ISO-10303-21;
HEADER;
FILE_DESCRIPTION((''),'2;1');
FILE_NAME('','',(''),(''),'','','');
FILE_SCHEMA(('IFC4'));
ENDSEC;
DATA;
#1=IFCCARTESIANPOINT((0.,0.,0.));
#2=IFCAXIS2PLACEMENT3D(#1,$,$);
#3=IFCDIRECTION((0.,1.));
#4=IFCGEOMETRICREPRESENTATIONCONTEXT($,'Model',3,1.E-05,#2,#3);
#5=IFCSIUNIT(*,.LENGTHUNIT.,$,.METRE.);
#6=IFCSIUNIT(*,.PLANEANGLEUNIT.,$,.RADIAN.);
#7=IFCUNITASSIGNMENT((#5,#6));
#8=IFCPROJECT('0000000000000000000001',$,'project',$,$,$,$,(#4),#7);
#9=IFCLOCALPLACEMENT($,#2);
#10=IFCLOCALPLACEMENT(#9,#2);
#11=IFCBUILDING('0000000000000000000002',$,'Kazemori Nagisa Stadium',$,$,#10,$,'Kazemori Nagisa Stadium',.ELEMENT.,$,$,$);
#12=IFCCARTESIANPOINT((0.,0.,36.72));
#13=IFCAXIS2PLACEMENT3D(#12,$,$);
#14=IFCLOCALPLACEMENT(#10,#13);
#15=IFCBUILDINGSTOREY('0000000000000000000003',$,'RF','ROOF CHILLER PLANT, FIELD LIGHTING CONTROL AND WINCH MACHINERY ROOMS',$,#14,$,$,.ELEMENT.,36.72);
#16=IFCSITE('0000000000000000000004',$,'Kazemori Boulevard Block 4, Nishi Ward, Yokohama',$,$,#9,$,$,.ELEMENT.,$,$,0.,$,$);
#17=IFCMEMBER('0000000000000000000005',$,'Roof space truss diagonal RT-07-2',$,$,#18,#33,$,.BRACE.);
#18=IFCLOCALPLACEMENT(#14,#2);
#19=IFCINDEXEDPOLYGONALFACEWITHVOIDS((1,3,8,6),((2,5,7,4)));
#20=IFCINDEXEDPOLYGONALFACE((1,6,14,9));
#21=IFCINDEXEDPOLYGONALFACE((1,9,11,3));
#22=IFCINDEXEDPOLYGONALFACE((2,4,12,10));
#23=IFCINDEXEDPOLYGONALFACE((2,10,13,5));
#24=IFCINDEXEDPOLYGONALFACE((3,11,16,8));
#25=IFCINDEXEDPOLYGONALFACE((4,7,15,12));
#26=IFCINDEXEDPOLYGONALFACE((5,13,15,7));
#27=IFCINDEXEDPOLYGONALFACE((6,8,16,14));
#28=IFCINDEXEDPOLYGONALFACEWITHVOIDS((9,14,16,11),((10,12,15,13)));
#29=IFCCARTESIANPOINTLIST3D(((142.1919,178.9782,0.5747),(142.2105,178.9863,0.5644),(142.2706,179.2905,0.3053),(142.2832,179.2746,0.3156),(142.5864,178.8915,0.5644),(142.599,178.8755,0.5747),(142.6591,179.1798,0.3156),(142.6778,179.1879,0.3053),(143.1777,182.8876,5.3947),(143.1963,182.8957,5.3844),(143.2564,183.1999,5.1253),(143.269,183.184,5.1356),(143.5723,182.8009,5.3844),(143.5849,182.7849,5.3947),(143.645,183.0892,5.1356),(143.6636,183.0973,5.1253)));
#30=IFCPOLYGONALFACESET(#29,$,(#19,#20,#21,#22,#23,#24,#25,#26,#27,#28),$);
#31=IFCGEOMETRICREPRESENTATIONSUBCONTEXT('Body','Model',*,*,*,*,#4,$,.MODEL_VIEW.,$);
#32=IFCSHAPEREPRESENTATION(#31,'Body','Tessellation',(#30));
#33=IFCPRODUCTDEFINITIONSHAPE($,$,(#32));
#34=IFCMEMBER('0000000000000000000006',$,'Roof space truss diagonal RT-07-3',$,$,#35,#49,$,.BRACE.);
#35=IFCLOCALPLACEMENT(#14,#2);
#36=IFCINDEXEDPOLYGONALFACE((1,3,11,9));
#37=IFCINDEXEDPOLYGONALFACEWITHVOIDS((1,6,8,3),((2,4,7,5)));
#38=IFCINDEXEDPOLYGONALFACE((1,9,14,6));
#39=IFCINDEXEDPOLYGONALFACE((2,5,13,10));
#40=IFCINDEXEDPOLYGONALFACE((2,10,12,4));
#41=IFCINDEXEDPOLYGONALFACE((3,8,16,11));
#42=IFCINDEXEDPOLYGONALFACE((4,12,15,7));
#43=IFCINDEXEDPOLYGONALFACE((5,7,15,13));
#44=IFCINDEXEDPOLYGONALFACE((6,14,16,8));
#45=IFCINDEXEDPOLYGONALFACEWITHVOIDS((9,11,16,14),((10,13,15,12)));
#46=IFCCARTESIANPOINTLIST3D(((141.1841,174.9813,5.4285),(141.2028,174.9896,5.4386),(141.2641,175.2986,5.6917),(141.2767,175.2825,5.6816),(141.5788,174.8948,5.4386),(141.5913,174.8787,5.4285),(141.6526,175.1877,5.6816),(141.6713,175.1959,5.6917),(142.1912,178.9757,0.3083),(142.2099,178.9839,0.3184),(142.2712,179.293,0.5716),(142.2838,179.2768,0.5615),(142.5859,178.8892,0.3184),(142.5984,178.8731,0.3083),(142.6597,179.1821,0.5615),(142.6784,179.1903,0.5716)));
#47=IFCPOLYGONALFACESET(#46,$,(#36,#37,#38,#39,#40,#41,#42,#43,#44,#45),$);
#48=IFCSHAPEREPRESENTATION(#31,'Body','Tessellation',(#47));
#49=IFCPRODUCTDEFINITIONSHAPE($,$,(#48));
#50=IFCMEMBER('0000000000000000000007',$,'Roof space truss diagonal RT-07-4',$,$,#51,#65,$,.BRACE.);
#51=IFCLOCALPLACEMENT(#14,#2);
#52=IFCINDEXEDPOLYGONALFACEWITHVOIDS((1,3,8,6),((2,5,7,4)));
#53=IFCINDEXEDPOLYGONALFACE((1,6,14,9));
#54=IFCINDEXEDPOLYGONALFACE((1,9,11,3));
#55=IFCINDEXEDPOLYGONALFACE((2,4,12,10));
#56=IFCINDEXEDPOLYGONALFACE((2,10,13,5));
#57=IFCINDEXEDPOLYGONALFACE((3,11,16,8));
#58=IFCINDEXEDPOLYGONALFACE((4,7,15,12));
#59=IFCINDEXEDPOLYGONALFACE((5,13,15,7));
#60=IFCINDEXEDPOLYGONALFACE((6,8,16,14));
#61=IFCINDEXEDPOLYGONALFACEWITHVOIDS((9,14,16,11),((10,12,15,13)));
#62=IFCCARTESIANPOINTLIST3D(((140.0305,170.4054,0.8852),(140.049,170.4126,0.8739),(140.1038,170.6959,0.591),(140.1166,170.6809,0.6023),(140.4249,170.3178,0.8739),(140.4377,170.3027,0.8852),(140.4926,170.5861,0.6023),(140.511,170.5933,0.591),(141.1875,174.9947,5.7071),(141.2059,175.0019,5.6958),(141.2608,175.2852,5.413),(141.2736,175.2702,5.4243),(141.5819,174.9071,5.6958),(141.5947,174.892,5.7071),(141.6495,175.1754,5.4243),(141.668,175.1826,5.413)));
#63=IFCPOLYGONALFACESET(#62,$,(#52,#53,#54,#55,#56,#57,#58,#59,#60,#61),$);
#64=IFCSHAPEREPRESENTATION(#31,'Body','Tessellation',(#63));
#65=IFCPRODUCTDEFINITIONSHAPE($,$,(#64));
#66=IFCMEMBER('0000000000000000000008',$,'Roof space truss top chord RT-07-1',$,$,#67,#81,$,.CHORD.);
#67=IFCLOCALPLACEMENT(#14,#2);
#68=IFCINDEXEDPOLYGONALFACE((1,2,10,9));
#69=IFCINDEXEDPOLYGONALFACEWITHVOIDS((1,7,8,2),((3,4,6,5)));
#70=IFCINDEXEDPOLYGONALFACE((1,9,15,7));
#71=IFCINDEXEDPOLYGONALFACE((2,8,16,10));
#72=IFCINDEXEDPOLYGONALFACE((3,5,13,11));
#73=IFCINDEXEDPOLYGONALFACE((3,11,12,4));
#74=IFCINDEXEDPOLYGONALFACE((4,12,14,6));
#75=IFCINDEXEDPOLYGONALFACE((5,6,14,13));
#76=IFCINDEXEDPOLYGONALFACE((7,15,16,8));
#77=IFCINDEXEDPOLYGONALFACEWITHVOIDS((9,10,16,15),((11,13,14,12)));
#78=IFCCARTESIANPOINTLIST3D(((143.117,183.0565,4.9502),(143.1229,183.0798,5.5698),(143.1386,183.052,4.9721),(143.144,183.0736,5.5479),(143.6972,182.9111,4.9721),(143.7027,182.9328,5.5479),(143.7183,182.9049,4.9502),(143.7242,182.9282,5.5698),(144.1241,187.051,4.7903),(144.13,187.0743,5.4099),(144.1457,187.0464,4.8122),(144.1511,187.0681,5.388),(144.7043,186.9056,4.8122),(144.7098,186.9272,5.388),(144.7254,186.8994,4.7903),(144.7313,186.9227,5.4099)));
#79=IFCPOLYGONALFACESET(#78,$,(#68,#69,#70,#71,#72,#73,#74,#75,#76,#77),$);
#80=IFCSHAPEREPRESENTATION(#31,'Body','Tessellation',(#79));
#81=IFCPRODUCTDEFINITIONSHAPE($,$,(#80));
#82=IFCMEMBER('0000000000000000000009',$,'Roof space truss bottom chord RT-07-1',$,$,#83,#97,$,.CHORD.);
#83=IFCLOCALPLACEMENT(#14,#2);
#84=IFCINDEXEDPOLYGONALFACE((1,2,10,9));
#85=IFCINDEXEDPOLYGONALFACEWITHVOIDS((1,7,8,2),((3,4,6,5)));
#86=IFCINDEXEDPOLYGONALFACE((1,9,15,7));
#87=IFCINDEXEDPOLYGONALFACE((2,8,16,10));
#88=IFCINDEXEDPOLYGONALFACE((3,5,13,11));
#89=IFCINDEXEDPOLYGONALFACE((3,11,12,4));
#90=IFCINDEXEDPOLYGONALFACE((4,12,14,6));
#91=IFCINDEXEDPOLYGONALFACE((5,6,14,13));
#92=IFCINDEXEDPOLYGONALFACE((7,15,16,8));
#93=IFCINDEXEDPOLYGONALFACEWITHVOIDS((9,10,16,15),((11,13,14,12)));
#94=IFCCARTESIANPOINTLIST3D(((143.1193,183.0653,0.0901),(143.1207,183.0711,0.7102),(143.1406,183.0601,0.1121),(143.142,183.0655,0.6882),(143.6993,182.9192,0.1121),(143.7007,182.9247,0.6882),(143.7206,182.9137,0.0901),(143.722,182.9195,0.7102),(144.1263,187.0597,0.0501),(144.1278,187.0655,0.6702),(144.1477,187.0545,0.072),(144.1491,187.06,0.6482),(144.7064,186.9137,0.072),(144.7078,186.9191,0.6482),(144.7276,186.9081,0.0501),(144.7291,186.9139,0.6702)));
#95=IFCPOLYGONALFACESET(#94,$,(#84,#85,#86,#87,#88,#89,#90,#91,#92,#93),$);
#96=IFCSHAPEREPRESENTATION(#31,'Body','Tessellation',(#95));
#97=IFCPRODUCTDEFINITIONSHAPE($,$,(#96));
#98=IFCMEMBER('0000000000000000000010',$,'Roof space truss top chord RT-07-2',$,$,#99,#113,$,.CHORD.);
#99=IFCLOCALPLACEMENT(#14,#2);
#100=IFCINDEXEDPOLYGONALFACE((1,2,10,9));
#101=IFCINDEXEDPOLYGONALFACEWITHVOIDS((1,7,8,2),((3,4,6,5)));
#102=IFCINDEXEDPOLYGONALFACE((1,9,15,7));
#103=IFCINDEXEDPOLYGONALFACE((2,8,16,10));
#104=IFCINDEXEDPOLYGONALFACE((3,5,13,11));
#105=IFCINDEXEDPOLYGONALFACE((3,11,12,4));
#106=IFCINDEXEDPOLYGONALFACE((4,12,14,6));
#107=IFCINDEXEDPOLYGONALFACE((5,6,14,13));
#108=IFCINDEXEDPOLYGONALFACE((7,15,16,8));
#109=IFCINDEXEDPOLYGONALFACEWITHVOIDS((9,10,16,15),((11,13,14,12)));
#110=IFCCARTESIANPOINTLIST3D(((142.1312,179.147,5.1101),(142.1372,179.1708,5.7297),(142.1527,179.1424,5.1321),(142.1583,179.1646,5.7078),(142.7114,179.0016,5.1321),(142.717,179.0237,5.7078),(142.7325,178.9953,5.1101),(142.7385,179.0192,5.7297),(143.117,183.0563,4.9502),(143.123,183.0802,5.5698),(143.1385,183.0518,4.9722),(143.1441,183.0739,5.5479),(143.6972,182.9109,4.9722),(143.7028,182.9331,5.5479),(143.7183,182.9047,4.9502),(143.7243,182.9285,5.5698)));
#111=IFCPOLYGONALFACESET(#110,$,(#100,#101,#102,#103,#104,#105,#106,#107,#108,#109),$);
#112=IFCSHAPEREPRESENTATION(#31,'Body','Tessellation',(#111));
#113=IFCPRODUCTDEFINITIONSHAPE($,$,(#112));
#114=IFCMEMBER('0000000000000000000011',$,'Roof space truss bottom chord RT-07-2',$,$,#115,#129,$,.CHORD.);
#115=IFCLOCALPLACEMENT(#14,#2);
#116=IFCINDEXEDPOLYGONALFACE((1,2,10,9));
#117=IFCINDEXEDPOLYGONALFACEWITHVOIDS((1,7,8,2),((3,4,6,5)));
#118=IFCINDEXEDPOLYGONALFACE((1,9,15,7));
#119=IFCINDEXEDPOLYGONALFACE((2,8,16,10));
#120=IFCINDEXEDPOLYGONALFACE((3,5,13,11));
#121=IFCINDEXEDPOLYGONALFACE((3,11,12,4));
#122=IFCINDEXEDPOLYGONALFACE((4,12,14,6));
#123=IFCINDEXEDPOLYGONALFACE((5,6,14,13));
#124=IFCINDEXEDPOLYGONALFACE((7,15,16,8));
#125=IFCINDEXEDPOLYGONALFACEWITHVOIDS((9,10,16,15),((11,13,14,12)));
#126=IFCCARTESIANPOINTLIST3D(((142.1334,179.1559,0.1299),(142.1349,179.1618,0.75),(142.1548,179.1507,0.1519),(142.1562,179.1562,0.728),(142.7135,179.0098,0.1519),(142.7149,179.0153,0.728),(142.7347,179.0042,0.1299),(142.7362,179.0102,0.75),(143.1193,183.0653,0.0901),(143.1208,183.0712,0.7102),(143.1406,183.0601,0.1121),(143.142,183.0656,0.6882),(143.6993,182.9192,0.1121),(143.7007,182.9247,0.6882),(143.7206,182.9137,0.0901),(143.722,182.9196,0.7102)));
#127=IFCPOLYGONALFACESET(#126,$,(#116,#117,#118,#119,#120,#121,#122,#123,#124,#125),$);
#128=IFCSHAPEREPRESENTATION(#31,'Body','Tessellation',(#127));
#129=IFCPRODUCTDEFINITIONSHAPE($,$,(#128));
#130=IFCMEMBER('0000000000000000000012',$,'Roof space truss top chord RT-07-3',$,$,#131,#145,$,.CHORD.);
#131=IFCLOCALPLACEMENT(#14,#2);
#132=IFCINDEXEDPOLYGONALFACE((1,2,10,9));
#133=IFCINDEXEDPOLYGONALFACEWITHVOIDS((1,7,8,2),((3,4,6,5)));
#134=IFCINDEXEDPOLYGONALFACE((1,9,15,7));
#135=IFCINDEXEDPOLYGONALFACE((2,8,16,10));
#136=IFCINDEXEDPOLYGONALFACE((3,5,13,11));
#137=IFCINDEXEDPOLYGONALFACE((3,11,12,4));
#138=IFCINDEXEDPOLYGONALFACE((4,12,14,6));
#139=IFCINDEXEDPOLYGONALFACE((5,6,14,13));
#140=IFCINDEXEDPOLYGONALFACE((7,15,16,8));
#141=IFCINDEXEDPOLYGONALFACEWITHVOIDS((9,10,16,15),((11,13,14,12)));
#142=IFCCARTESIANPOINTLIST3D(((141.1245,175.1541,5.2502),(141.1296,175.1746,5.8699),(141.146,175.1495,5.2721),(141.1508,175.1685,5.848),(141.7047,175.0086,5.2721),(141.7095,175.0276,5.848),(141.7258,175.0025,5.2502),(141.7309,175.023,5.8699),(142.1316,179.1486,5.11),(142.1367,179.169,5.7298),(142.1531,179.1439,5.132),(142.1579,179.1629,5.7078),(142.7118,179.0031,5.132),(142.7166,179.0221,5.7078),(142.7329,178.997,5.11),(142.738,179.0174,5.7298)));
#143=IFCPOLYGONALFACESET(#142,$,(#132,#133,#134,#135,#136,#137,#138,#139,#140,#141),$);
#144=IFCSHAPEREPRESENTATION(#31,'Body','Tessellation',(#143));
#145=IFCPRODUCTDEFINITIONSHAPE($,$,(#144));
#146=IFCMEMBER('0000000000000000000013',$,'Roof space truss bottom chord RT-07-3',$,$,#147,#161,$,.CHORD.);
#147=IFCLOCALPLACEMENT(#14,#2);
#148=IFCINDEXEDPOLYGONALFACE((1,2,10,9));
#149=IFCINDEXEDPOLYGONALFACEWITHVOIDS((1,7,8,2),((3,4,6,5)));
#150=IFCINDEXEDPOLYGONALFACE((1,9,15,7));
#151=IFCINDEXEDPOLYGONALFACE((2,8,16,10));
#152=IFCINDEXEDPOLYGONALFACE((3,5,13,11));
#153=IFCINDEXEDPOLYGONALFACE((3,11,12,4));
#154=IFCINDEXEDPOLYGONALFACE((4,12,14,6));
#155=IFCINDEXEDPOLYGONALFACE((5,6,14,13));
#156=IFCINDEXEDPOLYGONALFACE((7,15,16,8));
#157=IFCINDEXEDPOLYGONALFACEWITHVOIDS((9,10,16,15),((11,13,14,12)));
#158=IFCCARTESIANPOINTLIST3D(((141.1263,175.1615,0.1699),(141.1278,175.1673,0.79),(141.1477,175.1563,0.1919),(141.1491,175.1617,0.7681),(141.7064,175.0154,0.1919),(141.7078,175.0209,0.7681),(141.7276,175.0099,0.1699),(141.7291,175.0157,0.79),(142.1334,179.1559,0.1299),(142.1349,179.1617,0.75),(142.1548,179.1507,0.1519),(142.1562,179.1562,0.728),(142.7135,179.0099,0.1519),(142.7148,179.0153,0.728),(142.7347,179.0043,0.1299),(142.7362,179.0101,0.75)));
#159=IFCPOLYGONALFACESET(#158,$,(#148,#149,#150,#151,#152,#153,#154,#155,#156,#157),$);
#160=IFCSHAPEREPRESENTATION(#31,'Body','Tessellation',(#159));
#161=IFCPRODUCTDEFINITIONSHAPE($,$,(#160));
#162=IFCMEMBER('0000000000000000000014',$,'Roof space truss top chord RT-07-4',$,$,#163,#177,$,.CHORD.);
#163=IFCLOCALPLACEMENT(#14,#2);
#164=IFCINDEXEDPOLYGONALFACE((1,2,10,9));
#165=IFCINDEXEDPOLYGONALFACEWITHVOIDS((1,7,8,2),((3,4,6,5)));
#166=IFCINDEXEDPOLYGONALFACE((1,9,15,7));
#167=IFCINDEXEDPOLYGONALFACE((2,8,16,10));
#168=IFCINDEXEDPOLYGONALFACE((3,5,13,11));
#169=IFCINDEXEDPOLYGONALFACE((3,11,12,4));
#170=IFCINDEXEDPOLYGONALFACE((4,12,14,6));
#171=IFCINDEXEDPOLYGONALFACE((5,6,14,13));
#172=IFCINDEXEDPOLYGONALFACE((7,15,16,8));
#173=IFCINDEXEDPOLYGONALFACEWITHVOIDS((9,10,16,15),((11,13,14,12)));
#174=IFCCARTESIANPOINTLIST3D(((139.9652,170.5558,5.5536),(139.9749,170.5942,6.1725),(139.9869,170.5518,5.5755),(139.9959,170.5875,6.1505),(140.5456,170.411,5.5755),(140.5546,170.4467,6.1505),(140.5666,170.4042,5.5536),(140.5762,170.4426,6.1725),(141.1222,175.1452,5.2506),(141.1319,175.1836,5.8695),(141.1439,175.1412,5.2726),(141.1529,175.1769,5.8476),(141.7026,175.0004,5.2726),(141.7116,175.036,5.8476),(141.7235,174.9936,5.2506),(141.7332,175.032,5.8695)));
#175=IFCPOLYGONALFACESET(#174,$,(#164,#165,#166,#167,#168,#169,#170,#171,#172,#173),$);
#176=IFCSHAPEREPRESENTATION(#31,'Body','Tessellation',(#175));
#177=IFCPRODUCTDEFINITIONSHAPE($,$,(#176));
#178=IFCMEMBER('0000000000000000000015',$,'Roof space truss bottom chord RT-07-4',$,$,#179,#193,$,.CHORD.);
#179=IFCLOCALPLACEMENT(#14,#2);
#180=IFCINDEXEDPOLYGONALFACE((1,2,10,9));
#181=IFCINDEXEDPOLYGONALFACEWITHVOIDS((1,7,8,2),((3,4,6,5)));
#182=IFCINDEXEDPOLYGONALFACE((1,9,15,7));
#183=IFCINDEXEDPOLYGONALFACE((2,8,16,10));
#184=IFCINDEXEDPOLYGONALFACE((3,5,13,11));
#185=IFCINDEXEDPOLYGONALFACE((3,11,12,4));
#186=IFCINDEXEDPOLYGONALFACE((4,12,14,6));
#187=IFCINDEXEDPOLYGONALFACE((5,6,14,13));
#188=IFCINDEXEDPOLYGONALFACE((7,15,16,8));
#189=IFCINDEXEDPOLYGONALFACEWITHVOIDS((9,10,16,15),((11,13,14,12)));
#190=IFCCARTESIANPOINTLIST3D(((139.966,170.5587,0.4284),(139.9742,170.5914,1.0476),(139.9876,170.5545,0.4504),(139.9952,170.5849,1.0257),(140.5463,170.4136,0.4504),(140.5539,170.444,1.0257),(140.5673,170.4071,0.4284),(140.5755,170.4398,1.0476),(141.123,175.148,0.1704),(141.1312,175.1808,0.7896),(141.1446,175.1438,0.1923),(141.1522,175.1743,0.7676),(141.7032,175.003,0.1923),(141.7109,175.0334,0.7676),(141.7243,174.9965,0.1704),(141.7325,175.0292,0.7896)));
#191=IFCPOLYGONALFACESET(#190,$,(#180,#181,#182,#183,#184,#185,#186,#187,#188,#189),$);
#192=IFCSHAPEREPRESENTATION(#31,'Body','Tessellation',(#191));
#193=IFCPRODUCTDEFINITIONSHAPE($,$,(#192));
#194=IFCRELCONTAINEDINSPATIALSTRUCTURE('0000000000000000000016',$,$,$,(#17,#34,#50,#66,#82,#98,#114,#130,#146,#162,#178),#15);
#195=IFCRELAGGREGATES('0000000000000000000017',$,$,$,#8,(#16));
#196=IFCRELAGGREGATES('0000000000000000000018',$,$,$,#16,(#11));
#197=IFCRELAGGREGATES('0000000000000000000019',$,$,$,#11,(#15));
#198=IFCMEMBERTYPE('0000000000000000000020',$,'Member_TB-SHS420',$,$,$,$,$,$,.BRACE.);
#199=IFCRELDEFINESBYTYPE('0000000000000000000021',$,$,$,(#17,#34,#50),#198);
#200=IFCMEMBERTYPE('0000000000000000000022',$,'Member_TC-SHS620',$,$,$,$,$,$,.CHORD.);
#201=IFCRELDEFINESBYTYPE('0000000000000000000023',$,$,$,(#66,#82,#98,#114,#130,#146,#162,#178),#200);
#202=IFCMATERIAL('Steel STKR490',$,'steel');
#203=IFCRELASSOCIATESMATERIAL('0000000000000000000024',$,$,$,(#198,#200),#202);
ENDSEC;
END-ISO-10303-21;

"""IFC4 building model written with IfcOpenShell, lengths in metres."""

from ifc_helpers import new_model, si_unit, direction, frame, origin, origin_2d, place, context, subcontext, project, spatial, hollow_rectangle, extrude, material, material_profile, profile_set, type_object, element, save


model = new_model("IFC4")

# Units and contexts
model_context = context("Model", 3, precision=1e-05, world=origin(), true_north=direction((0.0, 1.0)))
body_context = subcontext(model_context, "Body", "Model", "MODEL_VIEW")
ifc_project = project(units=[si_unit("LENGTHUNIT", "METRE"), si_unit("PLANEANGLEUNIT", "RADIAN")], contexts=[model_context])

# Site, building, storey
site_placement = place(None, origin())
site = spatial("IfcSite", under=ifc_project, at=site_placement, Name="Kazemori Boulevard Block 4, Nishi Ward, Yokohama", CompositionType="ELEMENT", RefElevation=0.0)
building_placement = place(site_placement, origin())
building = spatial("IfcBuilding", under=site, at=building_placement, Name="Kazemori Nagisa Stadium", LongName="Kazemori Nagisa Stadium", CompositionType="ELEMENT")
storey_placement = place(building_placement, frame((0.0, 0.0, 36.72)))
storey = spatial("IfcBuildingStorey", under=building, at=storey_placement, Name="RF", Description="ROOF CHILLER PLANT, FIELD LIGHTING CONTROL AND WINCH MACHINERY ROOMS", CompositionType="ELEMENT", Elevation=36.72)

# Members
ifc_material_1 = material(Name="Steel STKR490", Category="steel")
ifc_material_profile_1 = material_profile(ifc_material_1, hollow_rectangle(XDim=0.4199, YDim=0.4199, WallThickness=0.0161, at=origin_2d()), Name="SHS-420x420x16")
ifc_profile_set_1 = profile_set([ifc_material_profile_1], Name="Steel STKR490")
member_type_1 = type_object("IfcMemberType", Name="Member_TB-SHS420", PredefinedType="BRACE", material=ifc_profile_set_1)
member_1_placement = place(storey_placement, frame((143.4207, 182.9924, 5.26), z_axis=(-0.156881, -0.622124, -0.767039), x_axis=(0.969645, -0.244516, 0.0)))
element("IfcMember", 1, at=member_1_placement, inside=storey, type_object=member_type_1, Name="Roof space truss diagonal RT-07-2", PredefinedType="BRACE", context=body_context, shape_type="SweptSolid", body=[
    extrude(hollow_rectangle(XDim=0.4199, YDim=0.4199, WallThickness=0.0161, at=origin_2d()), origin(), (0.0, 0.0, 1.0), 6.2839),
])
member_2_placement = place(storey_placement, frame((142.4348, 179.083, 0.4399), z_axis=(-0.153249, -0.607832, 0.779137), x_axis=(0.969656, -0.244473, 0.0)))
element("IfcMember", 2, at=member_2_placement, inside=storey, type_object=member_type_1, Name="Roof space truss diagonal RT-07-3", PredefinedType="BRACE", context=body_context, shape_type="SweptSolid", body=[
    extrude(hollow_rectangle(XDim=0.4199, YDim=0.4199, WallThickness=0.0161, at=origin_2d()), origin(), (0.0, 0.0, 1.0), 6.5715),
])
member_3_placement = place(storey_placement, frame((141.4277, 175.0886, 5.5601), z_axis=(-0.171235, -0.679233, -0.713668), x_axis=(0.969661, -0.244453, 0.0)))
element("IfcMember", 3, at=member_3_placement, inside=storey, type_object=member_type_1, Name="Roof space truss diagonal RT-07-4", PredefinedType="BRACE", context=body_context, shape_type="SweptSolid", body=[
    extrude(hollow_rectangle(XDim=0.4199, YDim=0.4199, WallThickness=0.0161, at=origin_2d()), origin(), (0.0, 0.0, 1.0), 6.7566),
])
ifc_material_profile_2 = material_profile(ifc_material_1, hollow_rectangle(XDim=0.6201, YDim=0.6201, WallThickness=0.022, at=origin_2d()), Name="SHS-620x620x22")
ifc_profile_set_2 = profile_set([ifc_material_profile_2], Name="Steel STKR490")
member_type_2 = type_object("IfcMemberType", Name="Member_TC-SHS620", PredefinedType="CHORD", material=ifc_profile_set_2)
member_4_placement = place(storey_placement, frame((144.4277, 186.9868, 5.1001), z_axis=(-0.24429, -0.968926, 0.03879), x_axis=(0.969656, -0.244473, 0.0)))
element("IfcMember", 4, at=member_4_placement, inside=storey, type_object=member_type_2, Name="Roof space truss top chord RT-07-1", PredefinedType="CHORD", context=body_context, shape_type="SweptSolid", body=[
    extrude(hollow_rectangle(XDim=0.6201, YDim=0.6201, WallThickness=0.022, at=origin_2d()), origin(), (0.0, 0.0, 1.0), 4.1226),
])
member_5_placement = place(storey_placement, frame((144.4277, 186.9868, 0.3601), z_axis=(-0.244462, -0.96961, 0.009719), x_axis=(0.969656, -0.244473, 0.0)))
element("IfcMember", 5, at=member_5_placement, inside=storey, type_object=member_type_2, Name="Roof space truss bottom chord RT-07-1", PredefinedType="CHORD", context=body_context, shape_type="SweptSolid", body=[
    extrude(hollow_rectangle(XDim=0.6201, YDim=0.6201, WallThickness=0.022, at=origin_2d()), origin(), (0.0, 0.0, 1.0), 4.1196),
])
member_6_placement = place(storey_placement, frame((143.4207, 182.9924, 5.26), z_axis=(-0.244323, -0.968884, 0.039631), x_axis=(0.969645, -0.244516, 0.0)))
element("IfcMember", 6, at=member_6_placement, inside=storey, type_object=member_type_2, Name="Roof space truss top chord RT-07-2", PredefinedType="CHORD", context=body_context, shape_type="SweptSolid", body=[
    extrude(hollow_rectangle(XDim=0.6201, YDim=0.6201, WallThickness=0.022, at=origin_2d()), origin(), (0.0, 0.0, 1.0), 4.0349),
])
member_7_placement = place(storey_placement, frame((143.4207, 182.9924, 0.4001), z_axis=(-0.244504, -0.969598, 0.00987), x_axis=(0.969645, -0.244516, 0.0)))
element("IfcMember", 7, at=member_7_placement, inside=storey, type_object=member_type_2, Name="Roof space truss bottom chord RT-07-2", PredefinedType="CHORD", context=body_context, shape_type="SweptSolid", body=[
    extrude(hollow_rectangle(XDim=0.6201, YDim=0.6201, WallThickness=0.022, at=origin_2d()), origin(), (0.0, 0.0, 1.0), 4.032),
])
member_8_placement = place(storey_placement, frame((142.4348, 179.083, 5.4199), z_axis=(-0.244332, -0.969095, 0.033999), x_axis=(0.969656, -0.244473, 0.0)))
element("IfcMember", 8, at=member_8_placement, inside=storey, type_object=member_type_2, Name="Roof space truss top chord RT-07-3", PredefinedType="CHORD", context=body_context, shape_type="SweptSolid", body=[
    extrude(hollow_rectangle(XDim=0.6201, YDim=0.6201, WallThickness=0.022, at=origin_2d()), origin(), (0.0, 0.0, 1.0), 4.1218),
])
member_9_placement = place(storey_placement, frame((142.4348, 179.083, 0.4399), z_axis=(-0.244462, -0.96961, 0.009719), x_axis=(0.969656, -0.244473, 0.0)))
element("IfcMember", 9, at=member_9_placement, inside=storey, type_object=member_type_2, Name="Roof space truss bottom chord RT-07-3", PredefinedType="CHORD", context=body_context, shape_type="SweptSolid", body=[
    extrude(hollow_rectangle(XDim=0.6201, YDim=0.6201, WallThickness=0.022, at=origin_2d()), origin(), (0.0, 0.0, 1.0), 4.1196),
])
member_10_placement = place(storey_placement, frame((141.4277, 175.0886, 5.5601), z_axis=(-0.243953, -0.96768, 0.063884), x_axis=(0.969661, -0.244453, 0.0)))
element("IfcMember", 10, at=member_10_placement, inside=storey, type_object=member_type_2, Name="Roof space truss top chord RT-07-4", PredefinedType="CHORD", context=body_context, shape_type="SweptSolid", body=[
    extrude(hollow_rectangle(XDim=0.6201, YDim=0.6201, WallThickness=0.022, at=origin_2d()), origin(), (0.0, 0.0, 1.0), 4.7427),
])
member_11_placement = place(storey_placement, frame((141.4277, 175.0886, 0.48), z_axis=(-0.24409, -0.968223, 0.054443), x_axis=(0.969661, -0.244453, 0.0)))
element("IfcMember", 11, at=member_11_placement, inside=storey, type_object=member_type_2, Name="Roof space truss bottom chord RT-07-4", PredefinedType="CHORD", context=body_context, shape_type="SweptSolid", body=[
    extrude(hollow_rectangle(XDim=0.6201, YDim=0.6201, WallThickness=0.022, at=origin_2d()), origin(), (0.0, 0.0, 1.0), 4.74),
])

save(model, "model.ifc")
